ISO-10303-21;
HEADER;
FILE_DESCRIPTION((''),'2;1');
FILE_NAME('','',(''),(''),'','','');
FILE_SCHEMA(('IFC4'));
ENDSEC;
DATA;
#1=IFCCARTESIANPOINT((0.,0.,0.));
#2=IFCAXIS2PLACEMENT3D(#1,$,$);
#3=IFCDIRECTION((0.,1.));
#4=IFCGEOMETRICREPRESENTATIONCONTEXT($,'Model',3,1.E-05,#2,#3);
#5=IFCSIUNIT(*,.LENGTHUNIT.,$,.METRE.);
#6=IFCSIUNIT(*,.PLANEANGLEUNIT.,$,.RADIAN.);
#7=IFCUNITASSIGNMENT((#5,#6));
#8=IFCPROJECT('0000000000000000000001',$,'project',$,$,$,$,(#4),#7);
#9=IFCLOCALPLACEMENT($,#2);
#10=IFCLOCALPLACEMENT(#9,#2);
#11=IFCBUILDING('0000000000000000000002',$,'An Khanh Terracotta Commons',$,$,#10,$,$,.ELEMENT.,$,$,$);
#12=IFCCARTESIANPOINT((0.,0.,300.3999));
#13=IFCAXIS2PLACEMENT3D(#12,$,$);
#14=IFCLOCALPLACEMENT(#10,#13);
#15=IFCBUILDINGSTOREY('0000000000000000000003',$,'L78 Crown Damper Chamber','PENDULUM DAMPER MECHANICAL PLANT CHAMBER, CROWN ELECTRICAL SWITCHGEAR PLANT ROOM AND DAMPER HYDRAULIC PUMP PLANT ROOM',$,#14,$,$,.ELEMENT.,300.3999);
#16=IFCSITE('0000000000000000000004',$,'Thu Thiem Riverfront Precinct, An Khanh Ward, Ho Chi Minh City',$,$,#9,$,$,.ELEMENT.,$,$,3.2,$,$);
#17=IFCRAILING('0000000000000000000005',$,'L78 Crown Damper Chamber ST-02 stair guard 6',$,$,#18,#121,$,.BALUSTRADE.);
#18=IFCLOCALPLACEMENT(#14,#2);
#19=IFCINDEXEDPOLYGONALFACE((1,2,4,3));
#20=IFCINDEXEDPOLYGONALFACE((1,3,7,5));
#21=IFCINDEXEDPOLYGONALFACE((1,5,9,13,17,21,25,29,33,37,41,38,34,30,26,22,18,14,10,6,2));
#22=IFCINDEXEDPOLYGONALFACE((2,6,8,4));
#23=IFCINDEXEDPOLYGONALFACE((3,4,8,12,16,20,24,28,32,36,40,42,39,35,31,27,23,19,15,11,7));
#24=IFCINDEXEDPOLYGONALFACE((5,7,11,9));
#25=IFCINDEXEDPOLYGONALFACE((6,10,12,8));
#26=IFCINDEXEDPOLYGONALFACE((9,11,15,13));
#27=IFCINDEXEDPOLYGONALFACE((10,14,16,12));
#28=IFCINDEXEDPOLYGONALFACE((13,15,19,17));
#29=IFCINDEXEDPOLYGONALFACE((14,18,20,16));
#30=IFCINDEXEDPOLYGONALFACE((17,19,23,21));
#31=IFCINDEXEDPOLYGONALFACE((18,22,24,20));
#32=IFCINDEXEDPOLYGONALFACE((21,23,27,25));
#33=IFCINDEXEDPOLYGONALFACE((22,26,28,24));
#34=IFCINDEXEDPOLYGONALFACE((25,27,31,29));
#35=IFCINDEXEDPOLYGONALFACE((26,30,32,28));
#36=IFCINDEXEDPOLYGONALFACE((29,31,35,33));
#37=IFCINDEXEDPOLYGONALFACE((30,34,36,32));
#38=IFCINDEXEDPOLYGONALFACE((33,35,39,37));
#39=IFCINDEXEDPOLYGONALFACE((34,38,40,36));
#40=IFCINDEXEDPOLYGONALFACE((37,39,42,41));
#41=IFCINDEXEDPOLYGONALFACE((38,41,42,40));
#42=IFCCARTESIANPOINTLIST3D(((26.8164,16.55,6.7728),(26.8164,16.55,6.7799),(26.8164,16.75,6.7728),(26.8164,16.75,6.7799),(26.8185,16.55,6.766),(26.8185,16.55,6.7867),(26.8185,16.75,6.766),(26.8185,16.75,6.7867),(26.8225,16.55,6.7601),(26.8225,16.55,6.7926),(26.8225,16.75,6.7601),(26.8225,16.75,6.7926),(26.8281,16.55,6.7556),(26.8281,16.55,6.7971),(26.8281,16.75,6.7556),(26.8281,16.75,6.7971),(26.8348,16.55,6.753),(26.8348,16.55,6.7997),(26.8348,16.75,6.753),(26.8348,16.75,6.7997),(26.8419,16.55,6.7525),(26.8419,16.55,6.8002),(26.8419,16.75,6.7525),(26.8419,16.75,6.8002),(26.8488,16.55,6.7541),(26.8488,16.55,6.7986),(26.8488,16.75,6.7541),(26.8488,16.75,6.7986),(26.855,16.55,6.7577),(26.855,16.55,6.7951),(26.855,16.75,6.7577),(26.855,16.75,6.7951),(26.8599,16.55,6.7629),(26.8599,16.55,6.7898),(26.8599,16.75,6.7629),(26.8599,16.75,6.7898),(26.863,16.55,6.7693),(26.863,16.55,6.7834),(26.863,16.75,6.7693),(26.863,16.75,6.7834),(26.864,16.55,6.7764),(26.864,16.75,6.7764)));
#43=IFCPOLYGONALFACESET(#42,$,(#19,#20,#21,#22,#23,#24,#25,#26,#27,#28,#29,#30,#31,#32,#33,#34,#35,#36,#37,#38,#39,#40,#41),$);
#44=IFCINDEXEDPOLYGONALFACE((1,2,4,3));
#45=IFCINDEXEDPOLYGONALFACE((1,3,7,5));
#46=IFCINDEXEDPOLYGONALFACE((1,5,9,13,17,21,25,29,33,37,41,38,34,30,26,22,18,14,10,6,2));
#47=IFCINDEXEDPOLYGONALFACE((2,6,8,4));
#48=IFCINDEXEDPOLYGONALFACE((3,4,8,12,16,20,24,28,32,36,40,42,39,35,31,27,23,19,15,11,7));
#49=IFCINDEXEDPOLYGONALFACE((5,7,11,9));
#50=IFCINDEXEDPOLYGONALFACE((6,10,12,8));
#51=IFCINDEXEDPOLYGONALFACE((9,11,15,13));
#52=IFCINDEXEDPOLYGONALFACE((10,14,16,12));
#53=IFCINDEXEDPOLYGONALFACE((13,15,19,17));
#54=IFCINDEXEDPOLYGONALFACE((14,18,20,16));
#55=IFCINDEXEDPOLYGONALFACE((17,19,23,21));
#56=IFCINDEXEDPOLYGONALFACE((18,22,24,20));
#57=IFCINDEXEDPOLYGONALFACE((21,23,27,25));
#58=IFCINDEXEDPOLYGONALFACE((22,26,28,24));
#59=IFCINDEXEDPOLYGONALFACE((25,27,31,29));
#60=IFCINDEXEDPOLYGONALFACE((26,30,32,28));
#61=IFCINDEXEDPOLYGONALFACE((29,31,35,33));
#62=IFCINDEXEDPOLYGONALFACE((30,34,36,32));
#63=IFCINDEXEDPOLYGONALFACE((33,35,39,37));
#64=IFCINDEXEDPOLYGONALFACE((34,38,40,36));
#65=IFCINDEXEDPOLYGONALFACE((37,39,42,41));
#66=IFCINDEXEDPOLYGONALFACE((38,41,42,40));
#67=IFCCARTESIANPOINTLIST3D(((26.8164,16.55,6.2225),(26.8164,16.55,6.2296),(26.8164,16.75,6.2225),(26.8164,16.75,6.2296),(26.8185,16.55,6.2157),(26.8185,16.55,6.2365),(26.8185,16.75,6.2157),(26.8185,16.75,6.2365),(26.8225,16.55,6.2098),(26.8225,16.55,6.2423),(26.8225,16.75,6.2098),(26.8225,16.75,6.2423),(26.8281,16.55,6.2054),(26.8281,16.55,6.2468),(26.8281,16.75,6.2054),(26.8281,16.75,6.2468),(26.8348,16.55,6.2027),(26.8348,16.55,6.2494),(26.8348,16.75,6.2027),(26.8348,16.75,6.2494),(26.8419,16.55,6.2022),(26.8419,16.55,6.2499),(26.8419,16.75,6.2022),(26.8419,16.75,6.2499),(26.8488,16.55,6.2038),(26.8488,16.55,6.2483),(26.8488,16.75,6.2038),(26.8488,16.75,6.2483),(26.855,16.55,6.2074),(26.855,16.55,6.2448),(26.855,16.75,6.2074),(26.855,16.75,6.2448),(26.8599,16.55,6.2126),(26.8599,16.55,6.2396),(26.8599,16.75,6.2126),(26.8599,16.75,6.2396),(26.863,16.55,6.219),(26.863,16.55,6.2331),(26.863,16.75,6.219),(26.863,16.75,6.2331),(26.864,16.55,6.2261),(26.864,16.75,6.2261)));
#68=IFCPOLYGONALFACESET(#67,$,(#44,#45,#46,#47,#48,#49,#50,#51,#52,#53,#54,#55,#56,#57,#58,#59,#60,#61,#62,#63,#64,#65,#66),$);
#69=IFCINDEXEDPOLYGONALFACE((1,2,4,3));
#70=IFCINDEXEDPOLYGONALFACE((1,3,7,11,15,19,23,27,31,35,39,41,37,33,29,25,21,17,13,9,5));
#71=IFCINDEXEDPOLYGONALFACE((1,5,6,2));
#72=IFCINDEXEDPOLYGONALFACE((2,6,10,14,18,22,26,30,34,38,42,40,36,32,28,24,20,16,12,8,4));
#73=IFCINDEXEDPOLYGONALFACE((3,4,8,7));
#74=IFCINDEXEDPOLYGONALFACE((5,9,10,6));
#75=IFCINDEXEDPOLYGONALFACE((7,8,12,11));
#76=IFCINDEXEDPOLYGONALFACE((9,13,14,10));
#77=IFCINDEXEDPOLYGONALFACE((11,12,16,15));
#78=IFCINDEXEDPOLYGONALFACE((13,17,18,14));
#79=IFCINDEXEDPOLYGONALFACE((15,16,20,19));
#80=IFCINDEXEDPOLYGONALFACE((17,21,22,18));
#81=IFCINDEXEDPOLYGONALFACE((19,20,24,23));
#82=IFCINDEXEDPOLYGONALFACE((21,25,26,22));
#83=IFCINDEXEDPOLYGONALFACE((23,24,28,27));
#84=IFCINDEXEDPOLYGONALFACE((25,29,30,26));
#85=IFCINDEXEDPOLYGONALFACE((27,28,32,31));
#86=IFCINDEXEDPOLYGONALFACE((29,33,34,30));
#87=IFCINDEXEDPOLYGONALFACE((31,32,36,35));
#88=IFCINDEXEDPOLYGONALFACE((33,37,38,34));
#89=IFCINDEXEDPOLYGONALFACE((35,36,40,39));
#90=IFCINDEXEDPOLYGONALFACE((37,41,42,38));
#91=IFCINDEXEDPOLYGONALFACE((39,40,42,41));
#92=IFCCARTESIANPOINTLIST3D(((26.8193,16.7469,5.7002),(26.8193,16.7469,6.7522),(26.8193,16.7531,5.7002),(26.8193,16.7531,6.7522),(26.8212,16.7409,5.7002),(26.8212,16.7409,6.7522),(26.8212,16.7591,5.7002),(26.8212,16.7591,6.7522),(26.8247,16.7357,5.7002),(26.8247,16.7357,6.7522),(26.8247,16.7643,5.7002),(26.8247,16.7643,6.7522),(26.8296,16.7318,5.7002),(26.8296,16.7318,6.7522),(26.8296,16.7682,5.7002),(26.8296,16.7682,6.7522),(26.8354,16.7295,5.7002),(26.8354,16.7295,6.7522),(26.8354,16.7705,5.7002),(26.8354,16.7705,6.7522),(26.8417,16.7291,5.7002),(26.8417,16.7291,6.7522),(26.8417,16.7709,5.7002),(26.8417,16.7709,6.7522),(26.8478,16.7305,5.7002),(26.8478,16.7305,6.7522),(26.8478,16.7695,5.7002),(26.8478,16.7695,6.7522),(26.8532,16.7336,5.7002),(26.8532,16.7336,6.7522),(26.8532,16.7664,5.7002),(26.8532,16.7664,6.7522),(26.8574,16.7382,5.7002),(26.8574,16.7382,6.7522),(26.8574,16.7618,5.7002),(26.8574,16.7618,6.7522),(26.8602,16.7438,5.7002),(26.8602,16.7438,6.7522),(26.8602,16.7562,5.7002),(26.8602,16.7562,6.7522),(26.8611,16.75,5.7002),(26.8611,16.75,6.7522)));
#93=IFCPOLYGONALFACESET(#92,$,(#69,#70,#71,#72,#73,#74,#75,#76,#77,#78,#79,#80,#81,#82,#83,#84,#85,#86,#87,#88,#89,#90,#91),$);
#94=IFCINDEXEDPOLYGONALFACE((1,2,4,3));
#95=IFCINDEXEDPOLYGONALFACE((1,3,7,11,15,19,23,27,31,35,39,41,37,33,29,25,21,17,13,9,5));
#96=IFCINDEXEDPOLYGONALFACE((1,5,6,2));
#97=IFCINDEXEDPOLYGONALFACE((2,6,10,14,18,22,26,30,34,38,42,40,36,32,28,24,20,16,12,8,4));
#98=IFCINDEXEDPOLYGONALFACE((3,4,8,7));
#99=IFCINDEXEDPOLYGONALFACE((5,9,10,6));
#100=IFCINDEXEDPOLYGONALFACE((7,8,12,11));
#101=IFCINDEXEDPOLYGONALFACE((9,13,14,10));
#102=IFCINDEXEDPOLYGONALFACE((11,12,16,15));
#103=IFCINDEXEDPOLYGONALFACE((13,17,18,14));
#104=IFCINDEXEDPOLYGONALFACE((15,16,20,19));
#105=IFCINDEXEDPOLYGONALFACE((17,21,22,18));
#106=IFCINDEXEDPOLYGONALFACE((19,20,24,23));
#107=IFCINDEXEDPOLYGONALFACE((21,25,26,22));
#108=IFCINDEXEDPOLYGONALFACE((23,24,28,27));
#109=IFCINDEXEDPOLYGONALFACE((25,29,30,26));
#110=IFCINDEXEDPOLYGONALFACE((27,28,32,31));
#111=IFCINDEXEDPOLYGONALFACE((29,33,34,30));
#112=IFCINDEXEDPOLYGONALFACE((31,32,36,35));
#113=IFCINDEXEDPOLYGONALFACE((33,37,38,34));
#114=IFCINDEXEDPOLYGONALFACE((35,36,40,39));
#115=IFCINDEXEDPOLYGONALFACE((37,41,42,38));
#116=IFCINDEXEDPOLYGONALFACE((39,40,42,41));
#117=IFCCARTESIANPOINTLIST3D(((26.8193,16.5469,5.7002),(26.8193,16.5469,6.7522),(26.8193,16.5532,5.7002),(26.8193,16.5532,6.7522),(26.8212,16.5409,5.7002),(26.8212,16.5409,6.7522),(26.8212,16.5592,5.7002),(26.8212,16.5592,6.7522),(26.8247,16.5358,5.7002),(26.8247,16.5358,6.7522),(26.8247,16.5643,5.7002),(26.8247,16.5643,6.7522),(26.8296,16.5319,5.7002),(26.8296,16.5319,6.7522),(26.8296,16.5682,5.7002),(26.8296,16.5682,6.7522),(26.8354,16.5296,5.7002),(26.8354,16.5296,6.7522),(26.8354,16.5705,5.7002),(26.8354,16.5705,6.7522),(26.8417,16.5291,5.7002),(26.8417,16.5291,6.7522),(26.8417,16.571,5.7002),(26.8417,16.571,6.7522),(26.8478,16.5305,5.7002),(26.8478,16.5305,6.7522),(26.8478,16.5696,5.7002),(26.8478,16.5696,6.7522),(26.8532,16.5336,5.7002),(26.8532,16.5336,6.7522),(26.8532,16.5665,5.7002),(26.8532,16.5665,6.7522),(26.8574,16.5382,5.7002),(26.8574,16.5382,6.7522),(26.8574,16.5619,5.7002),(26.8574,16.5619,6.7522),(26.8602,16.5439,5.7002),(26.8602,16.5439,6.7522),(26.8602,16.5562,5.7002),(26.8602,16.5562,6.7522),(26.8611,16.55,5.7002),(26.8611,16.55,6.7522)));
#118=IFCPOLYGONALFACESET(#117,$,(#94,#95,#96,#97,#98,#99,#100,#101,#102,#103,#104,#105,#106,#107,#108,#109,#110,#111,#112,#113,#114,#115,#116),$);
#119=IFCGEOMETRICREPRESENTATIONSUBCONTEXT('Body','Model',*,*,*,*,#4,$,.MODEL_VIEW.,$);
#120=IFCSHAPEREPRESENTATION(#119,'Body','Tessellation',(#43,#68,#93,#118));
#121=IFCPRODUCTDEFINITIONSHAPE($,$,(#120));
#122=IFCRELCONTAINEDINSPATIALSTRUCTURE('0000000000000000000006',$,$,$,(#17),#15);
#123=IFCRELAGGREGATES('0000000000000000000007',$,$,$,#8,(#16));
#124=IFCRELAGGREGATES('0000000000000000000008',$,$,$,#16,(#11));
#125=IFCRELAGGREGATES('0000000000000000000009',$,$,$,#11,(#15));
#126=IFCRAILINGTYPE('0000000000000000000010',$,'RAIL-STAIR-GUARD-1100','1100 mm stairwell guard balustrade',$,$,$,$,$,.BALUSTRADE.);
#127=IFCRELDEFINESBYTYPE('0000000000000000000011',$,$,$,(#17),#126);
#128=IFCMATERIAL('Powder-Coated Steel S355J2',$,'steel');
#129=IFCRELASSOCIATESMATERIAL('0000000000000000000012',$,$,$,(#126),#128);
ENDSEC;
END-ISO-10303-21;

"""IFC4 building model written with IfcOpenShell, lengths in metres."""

from ifc_helpers import new_model, si_unit, direction, frame, origin, origin_2d, place, context, subcontext, project, spatial, circle, extrude, material, type_object, element, save


model = new_model("IFC4")

# Units and contexts
model_context = context("Model", 3, precision=1e-05, world=origin(), true_north=direction((0.0, 1.0)))
body_context = subcontext(model_context, "Body", "Model", "MODEL_VIEW")
ifc_project = project(units=[si_unit("LENGTHUNIT", "METRE"), si_unit("PLANEANGLEUNIT", "RADIAN")], contexts=[model_context])

# Site, building, storey
site_placement = place(None, origin())
site = spatial("IfcSite", under=ifc_project, at=site_placement, Name="Thu Thiem Riverfront Precinct, An Khanh Ward, Ho Chi Minh City", CompositionType="ELEMENT", RefElevation=3.2)
building_placement = place(site_placement, origin())
building = spatial("IfcBuilding", under=site, at=building_placement, Name="An Khanh Terracotta Commons", CompositionType="ELEMENT")
storey_placement = place(building_placement, frame((0.0, 0.0, 300.3999)))
storey = spatial("IfcBuildingStorey", under=building, at=storey_placement, Name="L78 Crown Damper Chamber", Description="PENDULUM DAMPER MECHANICAL PLANT CHAMBER, CROWN ELECTRICAL SWITCHGEAR PLANT ROOM AND DAMPER HYDRAULIC PUMP PLANT ROOM", CompositionType="ELEMENT", Elevation=300.3999)

# Railing
ifc_material_1 = material(Name="Powder-Coated Steel S355J2", Category="steel")
railing_type_1 = type_object("IfcRailingType", Name="RAIL-STAIR-GUARD-1100", Description="1100 mm stairwell guard balustrade", PredefinedType="BALUSTRADE", material=ifc_material_1)
railing_1_placement = place(storey_placement, frame((26.8401, 16.75, 5.7002)))
element("IfcRailing", 1, at=railing_1_placement, inside=storey, type_object=railing_type_1, Name="L78 Crown Damper Chamber ST-02 stair guard 6", PredefinedType="BALUSTRADE", context=body_context, shape_type="SweptSolid", body=[
    extrude(circle(Radius=0.0239, at=origin_2d()), frame((0.0, 0.0, 1.0762), z_axis=(0.0, -1.0, 0.0), x_axis=(1.0, 0.0, 0.0)), (0.0, 0.0, 1.0), 0.2),
    extrude(circle(Radius=0.0239, at=origin_2d()), frame((0.0, 0.0, 0.5259), z_axis=(0.0, -1.0, 0.0), x_axis=(1.0, 0.0, 0.0)), (0.0, 0.0, 1.0), 0.2),
    extrude(circle(Radius=0.021, at=origin_2d()), origin(), (0.0, 0.0, 1.0), 1.052),
    extrude(circle(Radius=0.021, at=origin_2d()), frame((0.0, -0.2, 0.0)), (0.0, 0.0, 1.0), 1.052),
])

save(model, "model.ifc")
